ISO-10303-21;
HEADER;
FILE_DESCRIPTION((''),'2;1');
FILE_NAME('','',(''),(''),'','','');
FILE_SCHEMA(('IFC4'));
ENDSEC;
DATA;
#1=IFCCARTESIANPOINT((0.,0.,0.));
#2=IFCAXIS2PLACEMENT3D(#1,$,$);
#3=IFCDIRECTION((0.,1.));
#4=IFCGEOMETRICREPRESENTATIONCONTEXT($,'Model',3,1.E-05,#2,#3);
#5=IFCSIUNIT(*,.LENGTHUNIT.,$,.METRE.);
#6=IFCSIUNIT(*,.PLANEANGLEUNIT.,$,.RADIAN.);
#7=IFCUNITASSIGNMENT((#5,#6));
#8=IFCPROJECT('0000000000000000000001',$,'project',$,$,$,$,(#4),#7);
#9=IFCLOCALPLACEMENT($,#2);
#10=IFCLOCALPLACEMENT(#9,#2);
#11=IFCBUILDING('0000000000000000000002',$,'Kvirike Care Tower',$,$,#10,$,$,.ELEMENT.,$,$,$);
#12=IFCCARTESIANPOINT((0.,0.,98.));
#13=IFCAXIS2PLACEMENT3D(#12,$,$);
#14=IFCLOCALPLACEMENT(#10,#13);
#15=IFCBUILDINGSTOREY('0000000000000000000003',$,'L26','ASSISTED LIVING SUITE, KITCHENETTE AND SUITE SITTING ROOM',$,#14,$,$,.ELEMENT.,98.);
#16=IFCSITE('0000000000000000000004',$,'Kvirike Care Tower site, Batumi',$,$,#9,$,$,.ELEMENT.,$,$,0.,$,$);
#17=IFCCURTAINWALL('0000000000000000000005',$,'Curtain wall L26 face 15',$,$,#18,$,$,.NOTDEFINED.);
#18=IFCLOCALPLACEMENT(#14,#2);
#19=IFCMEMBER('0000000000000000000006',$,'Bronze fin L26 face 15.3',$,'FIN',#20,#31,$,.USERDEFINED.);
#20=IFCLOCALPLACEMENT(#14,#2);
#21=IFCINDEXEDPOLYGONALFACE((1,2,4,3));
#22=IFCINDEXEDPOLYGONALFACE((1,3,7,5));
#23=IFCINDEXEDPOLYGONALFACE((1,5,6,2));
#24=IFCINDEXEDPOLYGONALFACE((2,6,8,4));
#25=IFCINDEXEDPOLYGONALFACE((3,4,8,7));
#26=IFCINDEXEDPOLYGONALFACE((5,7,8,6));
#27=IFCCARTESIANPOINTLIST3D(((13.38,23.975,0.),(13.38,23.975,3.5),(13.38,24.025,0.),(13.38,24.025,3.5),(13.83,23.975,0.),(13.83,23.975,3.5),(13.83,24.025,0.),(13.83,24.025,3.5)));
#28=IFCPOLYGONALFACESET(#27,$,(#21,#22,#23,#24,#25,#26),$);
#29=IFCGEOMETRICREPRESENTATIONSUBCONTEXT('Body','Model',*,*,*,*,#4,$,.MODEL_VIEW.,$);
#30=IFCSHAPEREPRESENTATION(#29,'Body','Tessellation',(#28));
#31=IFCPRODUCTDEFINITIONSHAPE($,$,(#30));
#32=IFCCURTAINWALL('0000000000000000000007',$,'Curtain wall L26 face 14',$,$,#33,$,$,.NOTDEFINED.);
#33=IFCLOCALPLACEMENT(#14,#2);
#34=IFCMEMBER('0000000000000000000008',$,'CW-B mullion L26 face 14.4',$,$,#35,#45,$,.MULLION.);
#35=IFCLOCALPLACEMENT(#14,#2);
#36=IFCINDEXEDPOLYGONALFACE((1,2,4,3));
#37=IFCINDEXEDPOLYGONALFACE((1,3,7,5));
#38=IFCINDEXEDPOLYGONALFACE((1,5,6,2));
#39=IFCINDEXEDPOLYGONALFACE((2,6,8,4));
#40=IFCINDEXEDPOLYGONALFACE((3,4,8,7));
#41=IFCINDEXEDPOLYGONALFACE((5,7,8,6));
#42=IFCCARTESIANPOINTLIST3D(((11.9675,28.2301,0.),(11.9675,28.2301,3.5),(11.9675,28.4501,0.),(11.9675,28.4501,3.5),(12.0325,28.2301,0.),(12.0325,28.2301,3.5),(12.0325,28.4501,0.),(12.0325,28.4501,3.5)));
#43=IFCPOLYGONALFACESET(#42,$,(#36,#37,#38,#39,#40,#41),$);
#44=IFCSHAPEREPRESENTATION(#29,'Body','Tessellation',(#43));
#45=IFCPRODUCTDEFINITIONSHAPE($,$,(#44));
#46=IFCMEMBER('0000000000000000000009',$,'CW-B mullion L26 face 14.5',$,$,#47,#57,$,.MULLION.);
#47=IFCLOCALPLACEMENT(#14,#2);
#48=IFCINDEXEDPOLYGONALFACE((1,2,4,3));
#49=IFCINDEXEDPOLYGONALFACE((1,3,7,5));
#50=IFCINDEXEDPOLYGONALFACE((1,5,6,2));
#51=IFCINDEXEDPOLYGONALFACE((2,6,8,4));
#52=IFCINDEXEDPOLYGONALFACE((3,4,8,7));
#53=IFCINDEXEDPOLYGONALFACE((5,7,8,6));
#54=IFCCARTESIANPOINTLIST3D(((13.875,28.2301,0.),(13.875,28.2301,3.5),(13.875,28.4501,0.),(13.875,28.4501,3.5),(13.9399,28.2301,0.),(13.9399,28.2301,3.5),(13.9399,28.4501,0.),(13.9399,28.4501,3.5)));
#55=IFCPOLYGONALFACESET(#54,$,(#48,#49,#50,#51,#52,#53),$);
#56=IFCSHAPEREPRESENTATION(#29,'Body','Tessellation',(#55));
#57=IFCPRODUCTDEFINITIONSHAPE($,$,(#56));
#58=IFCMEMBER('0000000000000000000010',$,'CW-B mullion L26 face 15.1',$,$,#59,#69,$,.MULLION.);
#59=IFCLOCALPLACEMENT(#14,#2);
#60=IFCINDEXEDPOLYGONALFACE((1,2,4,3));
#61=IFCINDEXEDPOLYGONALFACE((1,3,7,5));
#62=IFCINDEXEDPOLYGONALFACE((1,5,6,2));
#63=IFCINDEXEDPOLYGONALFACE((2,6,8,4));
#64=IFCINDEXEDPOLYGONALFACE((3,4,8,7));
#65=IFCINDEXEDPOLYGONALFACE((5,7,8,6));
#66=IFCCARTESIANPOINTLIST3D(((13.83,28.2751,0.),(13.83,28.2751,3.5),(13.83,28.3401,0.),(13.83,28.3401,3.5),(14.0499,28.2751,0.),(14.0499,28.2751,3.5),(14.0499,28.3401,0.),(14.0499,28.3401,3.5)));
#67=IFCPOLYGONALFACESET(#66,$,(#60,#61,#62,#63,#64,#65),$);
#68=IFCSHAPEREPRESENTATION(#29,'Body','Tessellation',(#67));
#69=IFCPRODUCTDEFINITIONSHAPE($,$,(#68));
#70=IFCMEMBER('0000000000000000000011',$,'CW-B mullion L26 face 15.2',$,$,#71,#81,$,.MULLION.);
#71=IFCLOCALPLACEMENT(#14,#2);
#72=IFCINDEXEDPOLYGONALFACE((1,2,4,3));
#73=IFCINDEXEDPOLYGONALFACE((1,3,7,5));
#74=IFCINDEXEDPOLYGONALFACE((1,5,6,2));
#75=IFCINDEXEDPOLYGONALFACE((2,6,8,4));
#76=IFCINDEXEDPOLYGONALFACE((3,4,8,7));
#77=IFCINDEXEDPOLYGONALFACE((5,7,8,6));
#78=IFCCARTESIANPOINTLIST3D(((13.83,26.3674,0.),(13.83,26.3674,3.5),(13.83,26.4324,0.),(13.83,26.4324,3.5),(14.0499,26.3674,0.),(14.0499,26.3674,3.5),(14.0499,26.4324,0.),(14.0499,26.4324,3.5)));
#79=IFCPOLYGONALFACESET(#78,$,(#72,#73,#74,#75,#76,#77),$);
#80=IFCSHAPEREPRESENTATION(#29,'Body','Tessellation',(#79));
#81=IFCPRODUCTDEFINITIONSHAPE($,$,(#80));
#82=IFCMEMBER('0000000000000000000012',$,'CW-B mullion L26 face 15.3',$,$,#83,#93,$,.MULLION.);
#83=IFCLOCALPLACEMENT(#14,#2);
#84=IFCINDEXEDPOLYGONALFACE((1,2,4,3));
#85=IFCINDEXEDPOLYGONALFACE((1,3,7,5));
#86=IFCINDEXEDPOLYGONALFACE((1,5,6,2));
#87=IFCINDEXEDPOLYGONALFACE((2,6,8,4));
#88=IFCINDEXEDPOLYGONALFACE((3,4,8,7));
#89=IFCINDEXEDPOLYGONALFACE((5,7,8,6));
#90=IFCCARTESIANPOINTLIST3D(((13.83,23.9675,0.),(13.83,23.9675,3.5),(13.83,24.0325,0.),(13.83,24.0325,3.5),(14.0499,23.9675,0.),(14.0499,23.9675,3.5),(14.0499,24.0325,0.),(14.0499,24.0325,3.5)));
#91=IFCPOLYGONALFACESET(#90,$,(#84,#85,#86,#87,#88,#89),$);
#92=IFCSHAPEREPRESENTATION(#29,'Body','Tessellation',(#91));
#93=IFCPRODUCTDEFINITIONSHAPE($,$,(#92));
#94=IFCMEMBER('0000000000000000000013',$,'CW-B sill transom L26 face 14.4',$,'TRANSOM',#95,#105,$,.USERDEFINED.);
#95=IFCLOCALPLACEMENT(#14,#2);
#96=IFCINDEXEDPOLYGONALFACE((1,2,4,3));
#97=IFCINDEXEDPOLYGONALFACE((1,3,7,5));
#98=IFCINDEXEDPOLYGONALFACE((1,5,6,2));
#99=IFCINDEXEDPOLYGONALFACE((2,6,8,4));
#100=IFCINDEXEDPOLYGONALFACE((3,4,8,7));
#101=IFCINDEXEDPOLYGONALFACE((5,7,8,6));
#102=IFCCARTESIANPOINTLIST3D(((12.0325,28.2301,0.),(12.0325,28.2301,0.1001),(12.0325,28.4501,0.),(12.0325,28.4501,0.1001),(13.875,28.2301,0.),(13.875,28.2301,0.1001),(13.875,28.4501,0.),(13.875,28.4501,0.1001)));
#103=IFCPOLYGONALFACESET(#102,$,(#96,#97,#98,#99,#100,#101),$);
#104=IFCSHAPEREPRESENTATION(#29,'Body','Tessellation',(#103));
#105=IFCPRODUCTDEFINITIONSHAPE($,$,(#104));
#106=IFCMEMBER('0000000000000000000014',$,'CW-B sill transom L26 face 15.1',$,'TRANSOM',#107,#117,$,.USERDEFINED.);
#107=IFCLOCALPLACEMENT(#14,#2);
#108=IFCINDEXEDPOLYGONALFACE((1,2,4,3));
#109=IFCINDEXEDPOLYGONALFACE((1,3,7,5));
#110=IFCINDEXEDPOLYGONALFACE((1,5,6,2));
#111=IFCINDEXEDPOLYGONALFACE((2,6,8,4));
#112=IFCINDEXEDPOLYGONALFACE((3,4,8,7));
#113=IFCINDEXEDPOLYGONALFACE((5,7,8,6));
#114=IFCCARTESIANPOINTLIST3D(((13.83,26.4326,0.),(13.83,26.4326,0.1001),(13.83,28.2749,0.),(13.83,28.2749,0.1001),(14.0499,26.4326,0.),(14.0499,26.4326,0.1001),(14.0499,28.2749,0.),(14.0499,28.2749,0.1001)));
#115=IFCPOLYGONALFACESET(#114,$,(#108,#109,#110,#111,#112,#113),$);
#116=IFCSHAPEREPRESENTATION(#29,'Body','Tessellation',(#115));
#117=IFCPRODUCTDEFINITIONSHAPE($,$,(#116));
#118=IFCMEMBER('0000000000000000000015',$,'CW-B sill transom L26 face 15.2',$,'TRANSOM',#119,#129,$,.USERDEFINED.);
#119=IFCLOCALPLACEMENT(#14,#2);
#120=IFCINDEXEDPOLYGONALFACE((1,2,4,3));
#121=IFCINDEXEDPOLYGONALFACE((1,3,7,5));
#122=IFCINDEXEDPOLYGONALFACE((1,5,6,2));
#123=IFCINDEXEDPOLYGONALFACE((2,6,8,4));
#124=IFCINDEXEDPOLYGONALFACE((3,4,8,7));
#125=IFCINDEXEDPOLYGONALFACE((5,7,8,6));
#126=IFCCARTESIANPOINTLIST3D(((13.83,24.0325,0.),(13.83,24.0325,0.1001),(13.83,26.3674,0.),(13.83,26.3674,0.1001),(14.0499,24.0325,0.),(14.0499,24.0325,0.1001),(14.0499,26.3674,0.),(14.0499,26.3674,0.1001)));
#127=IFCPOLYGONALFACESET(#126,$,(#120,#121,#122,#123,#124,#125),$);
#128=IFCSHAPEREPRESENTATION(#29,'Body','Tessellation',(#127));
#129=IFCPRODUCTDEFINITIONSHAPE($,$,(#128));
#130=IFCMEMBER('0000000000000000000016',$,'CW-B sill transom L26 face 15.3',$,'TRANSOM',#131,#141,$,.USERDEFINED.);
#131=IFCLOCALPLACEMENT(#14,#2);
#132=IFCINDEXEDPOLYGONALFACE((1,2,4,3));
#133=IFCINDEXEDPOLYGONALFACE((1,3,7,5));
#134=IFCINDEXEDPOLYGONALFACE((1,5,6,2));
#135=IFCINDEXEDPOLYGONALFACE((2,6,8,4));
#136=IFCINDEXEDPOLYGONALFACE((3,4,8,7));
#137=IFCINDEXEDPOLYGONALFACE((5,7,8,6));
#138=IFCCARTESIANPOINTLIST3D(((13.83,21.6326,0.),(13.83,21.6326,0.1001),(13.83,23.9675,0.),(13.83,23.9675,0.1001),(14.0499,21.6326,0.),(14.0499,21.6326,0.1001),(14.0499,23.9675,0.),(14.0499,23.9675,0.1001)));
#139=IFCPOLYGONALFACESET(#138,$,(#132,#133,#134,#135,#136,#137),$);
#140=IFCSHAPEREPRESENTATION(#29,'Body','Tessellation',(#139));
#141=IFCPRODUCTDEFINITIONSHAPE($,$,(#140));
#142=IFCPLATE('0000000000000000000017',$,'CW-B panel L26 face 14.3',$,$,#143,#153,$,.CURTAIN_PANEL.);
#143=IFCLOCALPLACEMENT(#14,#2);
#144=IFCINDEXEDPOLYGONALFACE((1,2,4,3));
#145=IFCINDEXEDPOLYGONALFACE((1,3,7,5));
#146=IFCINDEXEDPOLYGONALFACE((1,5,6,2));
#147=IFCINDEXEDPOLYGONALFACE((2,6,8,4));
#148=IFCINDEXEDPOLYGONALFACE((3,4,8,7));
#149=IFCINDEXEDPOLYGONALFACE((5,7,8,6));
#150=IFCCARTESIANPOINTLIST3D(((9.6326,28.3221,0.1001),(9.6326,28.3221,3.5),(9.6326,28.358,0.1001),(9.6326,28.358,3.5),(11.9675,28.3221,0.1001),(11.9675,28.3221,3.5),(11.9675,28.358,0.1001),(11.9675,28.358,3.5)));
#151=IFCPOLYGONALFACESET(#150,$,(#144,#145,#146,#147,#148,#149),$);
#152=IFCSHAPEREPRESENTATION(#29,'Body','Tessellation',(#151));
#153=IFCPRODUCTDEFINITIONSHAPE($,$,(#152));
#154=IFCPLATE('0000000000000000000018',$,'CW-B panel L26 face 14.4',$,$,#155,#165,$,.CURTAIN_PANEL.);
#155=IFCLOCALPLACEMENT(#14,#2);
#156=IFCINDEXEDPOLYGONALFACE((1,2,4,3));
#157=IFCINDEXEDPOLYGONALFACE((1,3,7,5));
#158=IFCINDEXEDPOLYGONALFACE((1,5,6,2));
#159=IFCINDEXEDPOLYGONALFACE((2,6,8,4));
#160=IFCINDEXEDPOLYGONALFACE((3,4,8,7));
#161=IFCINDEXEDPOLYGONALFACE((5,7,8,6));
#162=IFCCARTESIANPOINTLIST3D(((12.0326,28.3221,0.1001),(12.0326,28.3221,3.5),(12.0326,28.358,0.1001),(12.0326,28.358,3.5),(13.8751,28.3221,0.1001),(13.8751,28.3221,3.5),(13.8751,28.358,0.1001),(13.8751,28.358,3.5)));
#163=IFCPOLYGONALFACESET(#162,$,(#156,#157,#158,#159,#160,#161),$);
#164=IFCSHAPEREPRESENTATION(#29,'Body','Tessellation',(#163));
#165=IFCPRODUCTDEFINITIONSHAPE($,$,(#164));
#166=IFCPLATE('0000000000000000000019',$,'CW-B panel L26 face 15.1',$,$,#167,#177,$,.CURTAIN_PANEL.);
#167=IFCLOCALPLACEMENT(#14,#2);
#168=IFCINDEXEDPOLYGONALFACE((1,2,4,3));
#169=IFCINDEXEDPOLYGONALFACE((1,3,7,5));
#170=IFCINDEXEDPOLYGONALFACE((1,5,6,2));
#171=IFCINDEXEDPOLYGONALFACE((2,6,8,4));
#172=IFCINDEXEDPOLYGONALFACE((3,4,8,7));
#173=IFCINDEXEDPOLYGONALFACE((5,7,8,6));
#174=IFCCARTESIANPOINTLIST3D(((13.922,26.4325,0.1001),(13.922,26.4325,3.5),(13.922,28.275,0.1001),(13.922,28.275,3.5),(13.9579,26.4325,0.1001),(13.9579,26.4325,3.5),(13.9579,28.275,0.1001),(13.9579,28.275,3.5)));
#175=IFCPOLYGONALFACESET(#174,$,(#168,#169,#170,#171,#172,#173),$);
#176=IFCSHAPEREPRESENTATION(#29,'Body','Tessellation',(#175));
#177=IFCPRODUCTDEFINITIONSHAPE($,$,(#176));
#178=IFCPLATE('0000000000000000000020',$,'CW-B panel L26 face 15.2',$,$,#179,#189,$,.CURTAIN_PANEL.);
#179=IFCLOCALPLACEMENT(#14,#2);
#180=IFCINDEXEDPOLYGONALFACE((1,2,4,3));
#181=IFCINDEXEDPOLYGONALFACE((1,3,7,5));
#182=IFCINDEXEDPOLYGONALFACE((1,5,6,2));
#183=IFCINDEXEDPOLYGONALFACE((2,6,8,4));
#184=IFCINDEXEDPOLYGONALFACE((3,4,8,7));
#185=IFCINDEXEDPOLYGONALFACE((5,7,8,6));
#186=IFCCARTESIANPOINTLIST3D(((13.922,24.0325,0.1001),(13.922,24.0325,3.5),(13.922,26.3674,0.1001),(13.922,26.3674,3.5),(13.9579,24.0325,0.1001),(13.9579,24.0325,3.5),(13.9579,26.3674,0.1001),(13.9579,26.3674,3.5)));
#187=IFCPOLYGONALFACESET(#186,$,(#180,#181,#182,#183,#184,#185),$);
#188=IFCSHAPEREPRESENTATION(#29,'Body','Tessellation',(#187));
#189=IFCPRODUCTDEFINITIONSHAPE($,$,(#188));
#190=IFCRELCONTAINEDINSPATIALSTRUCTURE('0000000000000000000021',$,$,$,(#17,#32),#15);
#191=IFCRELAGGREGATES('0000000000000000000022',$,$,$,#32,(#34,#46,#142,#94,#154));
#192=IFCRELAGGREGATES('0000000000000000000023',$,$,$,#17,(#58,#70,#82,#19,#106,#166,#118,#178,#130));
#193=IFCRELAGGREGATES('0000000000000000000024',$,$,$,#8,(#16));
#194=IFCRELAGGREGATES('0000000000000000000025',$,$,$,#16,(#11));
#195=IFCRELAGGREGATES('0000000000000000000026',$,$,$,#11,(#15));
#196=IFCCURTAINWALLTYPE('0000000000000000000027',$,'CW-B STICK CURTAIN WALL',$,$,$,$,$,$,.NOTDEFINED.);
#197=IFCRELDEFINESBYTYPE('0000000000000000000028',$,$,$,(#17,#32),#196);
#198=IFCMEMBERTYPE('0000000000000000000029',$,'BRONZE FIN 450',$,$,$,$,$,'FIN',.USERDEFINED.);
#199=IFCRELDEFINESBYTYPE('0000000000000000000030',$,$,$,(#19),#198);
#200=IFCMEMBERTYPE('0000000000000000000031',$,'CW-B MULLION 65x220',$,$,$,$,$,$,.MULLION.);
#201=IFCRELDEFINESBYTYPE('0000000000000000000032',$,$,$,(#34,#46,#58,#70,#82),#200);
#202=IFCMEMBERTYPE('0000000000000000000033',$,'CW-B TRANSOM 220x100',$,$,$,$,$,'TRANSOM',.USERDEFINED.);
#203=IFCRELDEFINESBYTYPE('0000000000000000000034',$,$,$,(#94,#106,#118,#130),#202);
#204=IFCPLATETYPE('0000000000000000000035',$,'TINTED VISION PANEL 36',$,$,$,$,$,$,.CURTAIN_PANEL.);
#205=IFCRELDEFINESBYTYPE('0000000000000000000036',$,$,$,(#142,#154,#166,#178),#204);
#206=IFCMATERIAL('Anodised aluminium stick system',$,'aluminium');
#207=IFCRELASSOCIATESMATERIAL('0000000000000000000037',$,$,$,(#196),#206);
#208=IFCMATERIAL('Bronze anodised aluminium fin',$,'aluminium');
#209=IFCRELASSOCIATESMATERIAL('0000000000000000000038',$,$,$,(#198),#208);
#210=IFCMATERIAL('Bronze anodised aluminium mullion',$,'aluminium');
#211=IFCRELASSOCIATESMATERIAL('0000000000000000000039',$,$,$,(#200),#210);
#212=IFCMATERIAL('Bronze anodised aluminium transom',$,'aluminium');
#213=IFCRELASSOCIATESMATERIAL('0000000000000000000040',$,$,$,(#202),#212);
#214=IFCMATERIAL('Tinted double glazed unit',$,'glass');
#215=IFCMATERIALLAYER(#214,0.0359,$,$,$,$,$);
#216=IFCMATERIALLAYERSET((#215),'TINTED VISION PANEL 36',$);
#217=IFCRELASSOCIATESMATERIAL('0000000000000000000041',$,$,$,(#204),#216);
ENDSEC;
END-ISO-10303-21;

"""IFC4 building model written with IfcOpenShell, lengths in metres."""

from ifc_helpers import new_model, si_unit, direction, frame, origin, origin_2d, place, context, subcontext, project, spatial, rectangle, extrude, material, layer, layer_set, material_profile, profile_set, type_object, element, aggregate, save


model = new_model("IFC4")

# Units and contexts
model_context = context("Model", 3, precision=1e-05, world=origin(), true_north=direction((0.0, 1.0)))
body_context = subcontext(model_context, "Body", "Model", "MODEL_VIEW")
ifc_project = project(units=[si_unit("LENGTHUNIT", "METRE"), si_unit("PLANEANGLEUNIT", "RADIAN")], contexts=[model_context])

# Site, building, storey
site_placement = place(None, origin())
site = spatial("IfcSite", under=ifc_project, at=site_placement, Name="Kvirike Care Tower site, Batumi", CompositionType="ELEMENT", RefElevation=0.0)
building_placement = place(site_placement, origin())
building = spatial("IfcBuilding", under=site, at=building_placement, Name="Kvirike Care Tower", CompositionType="ELEMENT")
storey_placement = place(building_placement, frame((0.0, 0.0, 98.0)))
storey = spatial("IfcBuildingStorey", under=building, at=storey_placement, Name="L26", Description="ASSISTED LIVING SUITE, KITCHENETTE AND SUITE SITTING ROOM", CompositionType="ELEMENT", Elevation=98.0)

# Curtain wall, member
ifc_material_1 = material(Name="Anodised aluminium stick system", Category="aluminium")
curtain_wall_type = type_object("IfcCurtainWallType", Name="CW-B STICK CURTAIN WALL", PredefinedType="NOTDEFINED", material=ifc_material_1)
curtain_wall_1_placement = place(storey_placement, origin())
curtain_wall_1 = element("IfcCurtainWall", 1, at=curtain_wall_1_placement, inside=storey, type_object=curtain_wall_type, Name="Curtain wall L26 face 15", PredefinedType="NOTDEFINED")
ifc_material_2 = material(Name="Bronze anodised aluminium fin", Category="aluminium")
ifc_material_profile_1 = material_profile(ifc_material_2, rectangle(XDim=0.05, YDim=0.45, at=origin_2d()), Name="BRONZE FIN 450")
ifc_profile_set_1 = profile_set([ifc_material_profile_1], Name="Bronze anodised aluminium fin")
member_type_1 = type_object("IfcMemberType", Name="BRONZE FIN 450", ElementType="FIN", PredefinedType="USERDEFINED", material=ifc_profile_set_1)
member_1_placement = place(storey_placement, frame((13.605, 24.0, 0.0), z_axis=(0.0, 0.0, 1.0), x_axis=(0.0, -1.0, 0.0)))
member_1 = element("IfcMember", 2, at=member_1_placement, type_object=member_type_1, Name="Bronze fin L26 face 15.3", ObjectType="FIN", PredefinedType="USERDEFINED", context=body_context, shape_type="SweptSolid", body=[
    extrude(rectangle(XDim=0.05, YDim=0.45, at=origin_2d()), origin(), (0.0, 0.0, 1.0), 3.5),
])

# Curtain wall, members
curtain_wall_2_placement = place(storey_placement, origin())
curtain_wall_2 = element("IfcCurtainWall", 3, at=curtain_wall_2_placement, inside=storey, type_object=curtain_wall_type, Name="Curtain wall L26 face 14", PredefinedType="NOTDEFINED")
ifc_material_3 = material(Name="Bronze anodised aluminium mullion", Category="aluminium")
ifc_material_profile_2 = material_profile(ifc_material_3, rectangle(XDim=0.0649, YDim=0.22, at=origin_2d()), Name="CW-B MULLION 65x220")
ifc_profile_set_2 = profile_set([ifc_material_profile_2], Name="Bronze anodised aluminium mullion")
member_type_2 = type_object("IfcMemberType", Name="CW-B MULLION 65x220", PredefinedType="MULLION", material=ifc_profile_set_2)
member_2_placement = place(storey_placement, frame((12.0, 28.3401, 0.0), z_axis=(0.0, 0.0, 1.0), x_axis=(1.0, 0.0, 0.0)))
member_2 = element("IfcMember", 4, at=member_2_placement, type_object=member_type_2, Name="CW-B mullion L26 face 14.4", PredefinedType="MULLION", context=body_context, shape_type="SweptSolid", body=[
    extrude(rectangle(XDim=0.0649, YDim=0.22, at=origin_2d()), origin(), (0.0, 0.0, 1.0), 3.5),
])
member_3_placement = place(storey_placement, frame((13.9075, 28.3401, 0.0), z_axis=(0.0, 0.0, 1.0), x_axis=(1.0, 0.0, 0.0)))
member_3 = element("IfcMember", 5, at=member_3_placement, type_object=member_type_2, Name="CW-B mullion L26 face 14.5", PredefinedType="MULLION", context=body_context, shape_type="SweptSolid", body=[
    extrude(rectangle(XDim=0.0649, YDim=0.22, at=origin_2d()), origin(), (0.0, 0.0, 1.0), 3.5),
])

# Members
member_4_placement = place(storey_placement, frame((13.9399, 28.3076, 0.0), z_axis=(0.0, 0.0, 1.0), x_axis=(0.0, -1.0, 0.0)))
member_4 = element("IfcMember", 6, at=member_4_placement, type_object=member_type_2, Name="CW-B mullion L26 face 15.1", PredefinedType="MULLION", context=body_context, shape_type="SweptSolid", body=[
    extrude(rectangle(XDim=0.0649, YDim=0.22, at=origin_2d()), origin(), (0.0, 0.0, 1.0), 3.5),
])
member_5_placement = place(storey_placement, frame((13.9399, 26.3999, 0.0), z_axis=(0.0, 0.0, 1.0), x_axis=(0.0, -1.0, 0.0)))
member_5 = element("IfcMember", 7, at=member_5_placement, type_object=member_type_2, Name="CW-B mullion L26 face 15.2", PredefinedType="MULLION", context=body_context, shape_type="SweptSolid", body=[
    extrude(rectangle(XDim=0.0649, YDim=0.22, at=origin_2d()), origin(), (0.0, 0.0, 1.0), 3.5),
])
member_6_placement = place(storey_placement, frame((13.9399, 24.0, 0.0), z_axis=(0.0, 0.0, 1.0), x_axis=(0.0, -1.0, 0.0)))
member_6 = element("IfcMember", 8, at=member_6_placement, type_object=member_type_2, Name="CW-B mullion L26 face 15.3", PredefinedType="MULLION", context=body_context, shape_type="SweptSolid", body=[
    extrude(rectangle(XDim=0.0649, YDim=0.22, at=origin_2d()), origin(), (0.0, 0.0, 1.0), 3.5),
])
ifc_material_4 = material(Name="Bronze anodised aluminium transom", Category="aluminium")
ifc_material_profile_3 = material_profile(ifc_material_4, rectangle(XDim=0.22, YDim=0.1001, at=origin_2d()), Name="CW-B TRANSOM 220x100")
ifc_profile_set_3 = profile_set([ifc_material_profile_3], Name="Bronze anodised aluminium transom")
member_type_3 = type_object("IfcMemberType", Name="CW-B TRANSOM 220x100", ElementType="TRANSOM", PredefinedType="USERDEFINED", material=ifc_profile_set_3)
member_7_placement = place(storey_placement, frame((12.0325, 28.3401, 0.05), z_axis=(1.0, 0.0, 0.0), x_axis=(0.0, 1.0, 0.0)))
member_7 = element("IfcMember", 9, at=member_7_placement, type_object=member_type_3, Name="CW-B sill transom L26 face 14.4", ObjectType="TRANSOM", PredefinedType="USERDEFINED", context=body_context, shape_type="SweptSolid", body=[
    extrude(rectangle(XDim=0.22, YDim=0.1001, at=origin_2d()), origin(), (0.0, 0.0, 1.0), 1.8425),
])
member_8_placement = place(storey_placement, frame((13.9399, 28.2749, 0.05), z_axis=(0.0, -1.0, 0.0), x_axis=(1.0, 0.0, 0.0)))
member_8 = element("IfcMember", 10, at=member_8_placement, type_object=member_type_3, Name="CW-B sill transom L26 face 15.1", ObjectType="TRANSOM", PredefinedType="USERDEFINED", context=body_context, shape_type="SweptSolid", body=[
    extrude(rectangle(XDim=0.22, YDim=0.1001, at=origin_2d()), origin(), (0.0, 0.0, 1.0), 1.8423),
])
member_9_placement = place(storey_placement, frame((13.9399, 26.3674, 0.05), z_axis=(0.0, -1.0, 0.0), x_axis=(1.0, 0.0, 0.0)))
member_9 = element("IfcMember", 11, at=member_9_placement, type_object=member_type_3, Name="CW-B sill transom L26 face 15.2", ObjectType="TRANSOM", PredefinedType="USERDEFINED", context=body_context, shape_type="SweptSolid", body=[
    extrude(rectangle(XDim=0.22, YDim=0.1001, at=origin_2d()), origin(), (0.0, 0.0, 1.0), 2.335),
])
member_10_placement = place(storey_placement, frame((13.9399, 23.9675, 0.05), z_axis=(0.0, -1.0, 0.0), x_axis=(1.0, 0.0, 0.0)))
member_10 = element("IfcMember", 12, at=member_10_placement, type_object=member_type_3, Name="CW-B sill transom L26 face 15.3", ObjectType="TRANSOM", PredefinedType="USERDEFINED", context=body_context, shape_type="SweptSolid", body=[
    extrude(rectangle(XDim=0.22, YDim=0.1001, at=origin_2d()), origin(), (0.0, 0.0, 1.0), 2.335),
])

# Plates
ifc_material_5 = material(Name="Tinted double glazed unit", Category="glass")
ifc_layer = layer(ifc_material_5, 0.0359)
ifc_layer_set = layer_set([ifc_layer], Name="TINTED VISION PANEL 36")
plate_type = type_object("IfcPlateType", Name="TINTED VISION PANEL 36", PredefinedType="CURTAIN_PANEL", material=ifc_layer_set)
plate_1_placement = place(storey_placement, frame((10.8, 28.3401, 0.1001), z_axis=(0.0, 0.0, 1.0), x_axis=(1.0, 0.0, 0.0)))
plate_1 = element("IfcPlate", 13, at=plate_1_placement, type_object=plate_type, Name="CW-B panel L26 face 14.3", PredefinedType="CURTAIN_PANEL", context=body_context, shape_type="SweptSolid", body=[
    extrude(rectangle(XDim=2.335, YDim=0.0359, at=origin_2d()), origin(), (0.0, 0.0, 1.0), 3.3999),
])
plate_2_placement = place(storey_placement, frame((12.9539, 28.3401, 0.1001), z_axis=(0.0, 0.0, 1.0), x_axis=(1.0, 0.0, 0.0)))
plate_2 = element("IfcPlate", 14, at=plate_2_placement, type_object=plate_type, Name="CW-B panel L26 face 14.4", PredefinedType="CURTAIN_PANEL", context=body_context, shape_type="SweptSolid", body=[
    extrude(rectangle(XDim=1.8425, YDim=0.0359, at=origin_2d()), origin(), (0.0, 0.0, 1.0), 3.3999),
])
aggregate(curtain_wall_2, [member_2, member_3, plate_1, member_7, plate_2])
plate_3_placement = place(storey_placement, frame((13.9399, 27.3538, 0.1001), z_axis=(0.0, 0.0, 1.0), x_axis=(0.0, -1.0, 0.0)))
plate_3 = element("IfcPlate", 15, at=plate_3_placement, type_object=plate_type, Name="CW-B panel L26 face 15.1", PredefinedType="CURTAIN_PANEL", context=body_context, shape_type="SweptSolid", body=[
    extrude(rectangle(XDim=1.8425, YDim=0.0359, at=origin_2d()), origin(), (0.0, 0.0, 1.0), 3.3999),
])
plate_4_placement = place(storey_placement, frame((13.9399, 25.2, 0.1001), z_axis=(0.0, 0.0, 1.0), x_axis=(0.0, -1.0, 0.0)))
plate_4 = element("IfcPlate", 16, at=plate_4_placement, type_object=plate_type, Name="CW-B panel L26 face 15.2", PredefinedType="CURTAIN_PANEL", context=body_context, shape_type="SweptSolid", body=[
    extrude(rectangle(XDim=2.335, YDim=0.0359, at=origin_2d()), origin(), (0.0, 0.0, 1.0), 3.3999),
])
aggregate(curtain_wall_1, [member_4, member_5, member_6, member_1, member_8, plate_3, member_9, plate_4, member_10])

save(model, "model.ifc")
